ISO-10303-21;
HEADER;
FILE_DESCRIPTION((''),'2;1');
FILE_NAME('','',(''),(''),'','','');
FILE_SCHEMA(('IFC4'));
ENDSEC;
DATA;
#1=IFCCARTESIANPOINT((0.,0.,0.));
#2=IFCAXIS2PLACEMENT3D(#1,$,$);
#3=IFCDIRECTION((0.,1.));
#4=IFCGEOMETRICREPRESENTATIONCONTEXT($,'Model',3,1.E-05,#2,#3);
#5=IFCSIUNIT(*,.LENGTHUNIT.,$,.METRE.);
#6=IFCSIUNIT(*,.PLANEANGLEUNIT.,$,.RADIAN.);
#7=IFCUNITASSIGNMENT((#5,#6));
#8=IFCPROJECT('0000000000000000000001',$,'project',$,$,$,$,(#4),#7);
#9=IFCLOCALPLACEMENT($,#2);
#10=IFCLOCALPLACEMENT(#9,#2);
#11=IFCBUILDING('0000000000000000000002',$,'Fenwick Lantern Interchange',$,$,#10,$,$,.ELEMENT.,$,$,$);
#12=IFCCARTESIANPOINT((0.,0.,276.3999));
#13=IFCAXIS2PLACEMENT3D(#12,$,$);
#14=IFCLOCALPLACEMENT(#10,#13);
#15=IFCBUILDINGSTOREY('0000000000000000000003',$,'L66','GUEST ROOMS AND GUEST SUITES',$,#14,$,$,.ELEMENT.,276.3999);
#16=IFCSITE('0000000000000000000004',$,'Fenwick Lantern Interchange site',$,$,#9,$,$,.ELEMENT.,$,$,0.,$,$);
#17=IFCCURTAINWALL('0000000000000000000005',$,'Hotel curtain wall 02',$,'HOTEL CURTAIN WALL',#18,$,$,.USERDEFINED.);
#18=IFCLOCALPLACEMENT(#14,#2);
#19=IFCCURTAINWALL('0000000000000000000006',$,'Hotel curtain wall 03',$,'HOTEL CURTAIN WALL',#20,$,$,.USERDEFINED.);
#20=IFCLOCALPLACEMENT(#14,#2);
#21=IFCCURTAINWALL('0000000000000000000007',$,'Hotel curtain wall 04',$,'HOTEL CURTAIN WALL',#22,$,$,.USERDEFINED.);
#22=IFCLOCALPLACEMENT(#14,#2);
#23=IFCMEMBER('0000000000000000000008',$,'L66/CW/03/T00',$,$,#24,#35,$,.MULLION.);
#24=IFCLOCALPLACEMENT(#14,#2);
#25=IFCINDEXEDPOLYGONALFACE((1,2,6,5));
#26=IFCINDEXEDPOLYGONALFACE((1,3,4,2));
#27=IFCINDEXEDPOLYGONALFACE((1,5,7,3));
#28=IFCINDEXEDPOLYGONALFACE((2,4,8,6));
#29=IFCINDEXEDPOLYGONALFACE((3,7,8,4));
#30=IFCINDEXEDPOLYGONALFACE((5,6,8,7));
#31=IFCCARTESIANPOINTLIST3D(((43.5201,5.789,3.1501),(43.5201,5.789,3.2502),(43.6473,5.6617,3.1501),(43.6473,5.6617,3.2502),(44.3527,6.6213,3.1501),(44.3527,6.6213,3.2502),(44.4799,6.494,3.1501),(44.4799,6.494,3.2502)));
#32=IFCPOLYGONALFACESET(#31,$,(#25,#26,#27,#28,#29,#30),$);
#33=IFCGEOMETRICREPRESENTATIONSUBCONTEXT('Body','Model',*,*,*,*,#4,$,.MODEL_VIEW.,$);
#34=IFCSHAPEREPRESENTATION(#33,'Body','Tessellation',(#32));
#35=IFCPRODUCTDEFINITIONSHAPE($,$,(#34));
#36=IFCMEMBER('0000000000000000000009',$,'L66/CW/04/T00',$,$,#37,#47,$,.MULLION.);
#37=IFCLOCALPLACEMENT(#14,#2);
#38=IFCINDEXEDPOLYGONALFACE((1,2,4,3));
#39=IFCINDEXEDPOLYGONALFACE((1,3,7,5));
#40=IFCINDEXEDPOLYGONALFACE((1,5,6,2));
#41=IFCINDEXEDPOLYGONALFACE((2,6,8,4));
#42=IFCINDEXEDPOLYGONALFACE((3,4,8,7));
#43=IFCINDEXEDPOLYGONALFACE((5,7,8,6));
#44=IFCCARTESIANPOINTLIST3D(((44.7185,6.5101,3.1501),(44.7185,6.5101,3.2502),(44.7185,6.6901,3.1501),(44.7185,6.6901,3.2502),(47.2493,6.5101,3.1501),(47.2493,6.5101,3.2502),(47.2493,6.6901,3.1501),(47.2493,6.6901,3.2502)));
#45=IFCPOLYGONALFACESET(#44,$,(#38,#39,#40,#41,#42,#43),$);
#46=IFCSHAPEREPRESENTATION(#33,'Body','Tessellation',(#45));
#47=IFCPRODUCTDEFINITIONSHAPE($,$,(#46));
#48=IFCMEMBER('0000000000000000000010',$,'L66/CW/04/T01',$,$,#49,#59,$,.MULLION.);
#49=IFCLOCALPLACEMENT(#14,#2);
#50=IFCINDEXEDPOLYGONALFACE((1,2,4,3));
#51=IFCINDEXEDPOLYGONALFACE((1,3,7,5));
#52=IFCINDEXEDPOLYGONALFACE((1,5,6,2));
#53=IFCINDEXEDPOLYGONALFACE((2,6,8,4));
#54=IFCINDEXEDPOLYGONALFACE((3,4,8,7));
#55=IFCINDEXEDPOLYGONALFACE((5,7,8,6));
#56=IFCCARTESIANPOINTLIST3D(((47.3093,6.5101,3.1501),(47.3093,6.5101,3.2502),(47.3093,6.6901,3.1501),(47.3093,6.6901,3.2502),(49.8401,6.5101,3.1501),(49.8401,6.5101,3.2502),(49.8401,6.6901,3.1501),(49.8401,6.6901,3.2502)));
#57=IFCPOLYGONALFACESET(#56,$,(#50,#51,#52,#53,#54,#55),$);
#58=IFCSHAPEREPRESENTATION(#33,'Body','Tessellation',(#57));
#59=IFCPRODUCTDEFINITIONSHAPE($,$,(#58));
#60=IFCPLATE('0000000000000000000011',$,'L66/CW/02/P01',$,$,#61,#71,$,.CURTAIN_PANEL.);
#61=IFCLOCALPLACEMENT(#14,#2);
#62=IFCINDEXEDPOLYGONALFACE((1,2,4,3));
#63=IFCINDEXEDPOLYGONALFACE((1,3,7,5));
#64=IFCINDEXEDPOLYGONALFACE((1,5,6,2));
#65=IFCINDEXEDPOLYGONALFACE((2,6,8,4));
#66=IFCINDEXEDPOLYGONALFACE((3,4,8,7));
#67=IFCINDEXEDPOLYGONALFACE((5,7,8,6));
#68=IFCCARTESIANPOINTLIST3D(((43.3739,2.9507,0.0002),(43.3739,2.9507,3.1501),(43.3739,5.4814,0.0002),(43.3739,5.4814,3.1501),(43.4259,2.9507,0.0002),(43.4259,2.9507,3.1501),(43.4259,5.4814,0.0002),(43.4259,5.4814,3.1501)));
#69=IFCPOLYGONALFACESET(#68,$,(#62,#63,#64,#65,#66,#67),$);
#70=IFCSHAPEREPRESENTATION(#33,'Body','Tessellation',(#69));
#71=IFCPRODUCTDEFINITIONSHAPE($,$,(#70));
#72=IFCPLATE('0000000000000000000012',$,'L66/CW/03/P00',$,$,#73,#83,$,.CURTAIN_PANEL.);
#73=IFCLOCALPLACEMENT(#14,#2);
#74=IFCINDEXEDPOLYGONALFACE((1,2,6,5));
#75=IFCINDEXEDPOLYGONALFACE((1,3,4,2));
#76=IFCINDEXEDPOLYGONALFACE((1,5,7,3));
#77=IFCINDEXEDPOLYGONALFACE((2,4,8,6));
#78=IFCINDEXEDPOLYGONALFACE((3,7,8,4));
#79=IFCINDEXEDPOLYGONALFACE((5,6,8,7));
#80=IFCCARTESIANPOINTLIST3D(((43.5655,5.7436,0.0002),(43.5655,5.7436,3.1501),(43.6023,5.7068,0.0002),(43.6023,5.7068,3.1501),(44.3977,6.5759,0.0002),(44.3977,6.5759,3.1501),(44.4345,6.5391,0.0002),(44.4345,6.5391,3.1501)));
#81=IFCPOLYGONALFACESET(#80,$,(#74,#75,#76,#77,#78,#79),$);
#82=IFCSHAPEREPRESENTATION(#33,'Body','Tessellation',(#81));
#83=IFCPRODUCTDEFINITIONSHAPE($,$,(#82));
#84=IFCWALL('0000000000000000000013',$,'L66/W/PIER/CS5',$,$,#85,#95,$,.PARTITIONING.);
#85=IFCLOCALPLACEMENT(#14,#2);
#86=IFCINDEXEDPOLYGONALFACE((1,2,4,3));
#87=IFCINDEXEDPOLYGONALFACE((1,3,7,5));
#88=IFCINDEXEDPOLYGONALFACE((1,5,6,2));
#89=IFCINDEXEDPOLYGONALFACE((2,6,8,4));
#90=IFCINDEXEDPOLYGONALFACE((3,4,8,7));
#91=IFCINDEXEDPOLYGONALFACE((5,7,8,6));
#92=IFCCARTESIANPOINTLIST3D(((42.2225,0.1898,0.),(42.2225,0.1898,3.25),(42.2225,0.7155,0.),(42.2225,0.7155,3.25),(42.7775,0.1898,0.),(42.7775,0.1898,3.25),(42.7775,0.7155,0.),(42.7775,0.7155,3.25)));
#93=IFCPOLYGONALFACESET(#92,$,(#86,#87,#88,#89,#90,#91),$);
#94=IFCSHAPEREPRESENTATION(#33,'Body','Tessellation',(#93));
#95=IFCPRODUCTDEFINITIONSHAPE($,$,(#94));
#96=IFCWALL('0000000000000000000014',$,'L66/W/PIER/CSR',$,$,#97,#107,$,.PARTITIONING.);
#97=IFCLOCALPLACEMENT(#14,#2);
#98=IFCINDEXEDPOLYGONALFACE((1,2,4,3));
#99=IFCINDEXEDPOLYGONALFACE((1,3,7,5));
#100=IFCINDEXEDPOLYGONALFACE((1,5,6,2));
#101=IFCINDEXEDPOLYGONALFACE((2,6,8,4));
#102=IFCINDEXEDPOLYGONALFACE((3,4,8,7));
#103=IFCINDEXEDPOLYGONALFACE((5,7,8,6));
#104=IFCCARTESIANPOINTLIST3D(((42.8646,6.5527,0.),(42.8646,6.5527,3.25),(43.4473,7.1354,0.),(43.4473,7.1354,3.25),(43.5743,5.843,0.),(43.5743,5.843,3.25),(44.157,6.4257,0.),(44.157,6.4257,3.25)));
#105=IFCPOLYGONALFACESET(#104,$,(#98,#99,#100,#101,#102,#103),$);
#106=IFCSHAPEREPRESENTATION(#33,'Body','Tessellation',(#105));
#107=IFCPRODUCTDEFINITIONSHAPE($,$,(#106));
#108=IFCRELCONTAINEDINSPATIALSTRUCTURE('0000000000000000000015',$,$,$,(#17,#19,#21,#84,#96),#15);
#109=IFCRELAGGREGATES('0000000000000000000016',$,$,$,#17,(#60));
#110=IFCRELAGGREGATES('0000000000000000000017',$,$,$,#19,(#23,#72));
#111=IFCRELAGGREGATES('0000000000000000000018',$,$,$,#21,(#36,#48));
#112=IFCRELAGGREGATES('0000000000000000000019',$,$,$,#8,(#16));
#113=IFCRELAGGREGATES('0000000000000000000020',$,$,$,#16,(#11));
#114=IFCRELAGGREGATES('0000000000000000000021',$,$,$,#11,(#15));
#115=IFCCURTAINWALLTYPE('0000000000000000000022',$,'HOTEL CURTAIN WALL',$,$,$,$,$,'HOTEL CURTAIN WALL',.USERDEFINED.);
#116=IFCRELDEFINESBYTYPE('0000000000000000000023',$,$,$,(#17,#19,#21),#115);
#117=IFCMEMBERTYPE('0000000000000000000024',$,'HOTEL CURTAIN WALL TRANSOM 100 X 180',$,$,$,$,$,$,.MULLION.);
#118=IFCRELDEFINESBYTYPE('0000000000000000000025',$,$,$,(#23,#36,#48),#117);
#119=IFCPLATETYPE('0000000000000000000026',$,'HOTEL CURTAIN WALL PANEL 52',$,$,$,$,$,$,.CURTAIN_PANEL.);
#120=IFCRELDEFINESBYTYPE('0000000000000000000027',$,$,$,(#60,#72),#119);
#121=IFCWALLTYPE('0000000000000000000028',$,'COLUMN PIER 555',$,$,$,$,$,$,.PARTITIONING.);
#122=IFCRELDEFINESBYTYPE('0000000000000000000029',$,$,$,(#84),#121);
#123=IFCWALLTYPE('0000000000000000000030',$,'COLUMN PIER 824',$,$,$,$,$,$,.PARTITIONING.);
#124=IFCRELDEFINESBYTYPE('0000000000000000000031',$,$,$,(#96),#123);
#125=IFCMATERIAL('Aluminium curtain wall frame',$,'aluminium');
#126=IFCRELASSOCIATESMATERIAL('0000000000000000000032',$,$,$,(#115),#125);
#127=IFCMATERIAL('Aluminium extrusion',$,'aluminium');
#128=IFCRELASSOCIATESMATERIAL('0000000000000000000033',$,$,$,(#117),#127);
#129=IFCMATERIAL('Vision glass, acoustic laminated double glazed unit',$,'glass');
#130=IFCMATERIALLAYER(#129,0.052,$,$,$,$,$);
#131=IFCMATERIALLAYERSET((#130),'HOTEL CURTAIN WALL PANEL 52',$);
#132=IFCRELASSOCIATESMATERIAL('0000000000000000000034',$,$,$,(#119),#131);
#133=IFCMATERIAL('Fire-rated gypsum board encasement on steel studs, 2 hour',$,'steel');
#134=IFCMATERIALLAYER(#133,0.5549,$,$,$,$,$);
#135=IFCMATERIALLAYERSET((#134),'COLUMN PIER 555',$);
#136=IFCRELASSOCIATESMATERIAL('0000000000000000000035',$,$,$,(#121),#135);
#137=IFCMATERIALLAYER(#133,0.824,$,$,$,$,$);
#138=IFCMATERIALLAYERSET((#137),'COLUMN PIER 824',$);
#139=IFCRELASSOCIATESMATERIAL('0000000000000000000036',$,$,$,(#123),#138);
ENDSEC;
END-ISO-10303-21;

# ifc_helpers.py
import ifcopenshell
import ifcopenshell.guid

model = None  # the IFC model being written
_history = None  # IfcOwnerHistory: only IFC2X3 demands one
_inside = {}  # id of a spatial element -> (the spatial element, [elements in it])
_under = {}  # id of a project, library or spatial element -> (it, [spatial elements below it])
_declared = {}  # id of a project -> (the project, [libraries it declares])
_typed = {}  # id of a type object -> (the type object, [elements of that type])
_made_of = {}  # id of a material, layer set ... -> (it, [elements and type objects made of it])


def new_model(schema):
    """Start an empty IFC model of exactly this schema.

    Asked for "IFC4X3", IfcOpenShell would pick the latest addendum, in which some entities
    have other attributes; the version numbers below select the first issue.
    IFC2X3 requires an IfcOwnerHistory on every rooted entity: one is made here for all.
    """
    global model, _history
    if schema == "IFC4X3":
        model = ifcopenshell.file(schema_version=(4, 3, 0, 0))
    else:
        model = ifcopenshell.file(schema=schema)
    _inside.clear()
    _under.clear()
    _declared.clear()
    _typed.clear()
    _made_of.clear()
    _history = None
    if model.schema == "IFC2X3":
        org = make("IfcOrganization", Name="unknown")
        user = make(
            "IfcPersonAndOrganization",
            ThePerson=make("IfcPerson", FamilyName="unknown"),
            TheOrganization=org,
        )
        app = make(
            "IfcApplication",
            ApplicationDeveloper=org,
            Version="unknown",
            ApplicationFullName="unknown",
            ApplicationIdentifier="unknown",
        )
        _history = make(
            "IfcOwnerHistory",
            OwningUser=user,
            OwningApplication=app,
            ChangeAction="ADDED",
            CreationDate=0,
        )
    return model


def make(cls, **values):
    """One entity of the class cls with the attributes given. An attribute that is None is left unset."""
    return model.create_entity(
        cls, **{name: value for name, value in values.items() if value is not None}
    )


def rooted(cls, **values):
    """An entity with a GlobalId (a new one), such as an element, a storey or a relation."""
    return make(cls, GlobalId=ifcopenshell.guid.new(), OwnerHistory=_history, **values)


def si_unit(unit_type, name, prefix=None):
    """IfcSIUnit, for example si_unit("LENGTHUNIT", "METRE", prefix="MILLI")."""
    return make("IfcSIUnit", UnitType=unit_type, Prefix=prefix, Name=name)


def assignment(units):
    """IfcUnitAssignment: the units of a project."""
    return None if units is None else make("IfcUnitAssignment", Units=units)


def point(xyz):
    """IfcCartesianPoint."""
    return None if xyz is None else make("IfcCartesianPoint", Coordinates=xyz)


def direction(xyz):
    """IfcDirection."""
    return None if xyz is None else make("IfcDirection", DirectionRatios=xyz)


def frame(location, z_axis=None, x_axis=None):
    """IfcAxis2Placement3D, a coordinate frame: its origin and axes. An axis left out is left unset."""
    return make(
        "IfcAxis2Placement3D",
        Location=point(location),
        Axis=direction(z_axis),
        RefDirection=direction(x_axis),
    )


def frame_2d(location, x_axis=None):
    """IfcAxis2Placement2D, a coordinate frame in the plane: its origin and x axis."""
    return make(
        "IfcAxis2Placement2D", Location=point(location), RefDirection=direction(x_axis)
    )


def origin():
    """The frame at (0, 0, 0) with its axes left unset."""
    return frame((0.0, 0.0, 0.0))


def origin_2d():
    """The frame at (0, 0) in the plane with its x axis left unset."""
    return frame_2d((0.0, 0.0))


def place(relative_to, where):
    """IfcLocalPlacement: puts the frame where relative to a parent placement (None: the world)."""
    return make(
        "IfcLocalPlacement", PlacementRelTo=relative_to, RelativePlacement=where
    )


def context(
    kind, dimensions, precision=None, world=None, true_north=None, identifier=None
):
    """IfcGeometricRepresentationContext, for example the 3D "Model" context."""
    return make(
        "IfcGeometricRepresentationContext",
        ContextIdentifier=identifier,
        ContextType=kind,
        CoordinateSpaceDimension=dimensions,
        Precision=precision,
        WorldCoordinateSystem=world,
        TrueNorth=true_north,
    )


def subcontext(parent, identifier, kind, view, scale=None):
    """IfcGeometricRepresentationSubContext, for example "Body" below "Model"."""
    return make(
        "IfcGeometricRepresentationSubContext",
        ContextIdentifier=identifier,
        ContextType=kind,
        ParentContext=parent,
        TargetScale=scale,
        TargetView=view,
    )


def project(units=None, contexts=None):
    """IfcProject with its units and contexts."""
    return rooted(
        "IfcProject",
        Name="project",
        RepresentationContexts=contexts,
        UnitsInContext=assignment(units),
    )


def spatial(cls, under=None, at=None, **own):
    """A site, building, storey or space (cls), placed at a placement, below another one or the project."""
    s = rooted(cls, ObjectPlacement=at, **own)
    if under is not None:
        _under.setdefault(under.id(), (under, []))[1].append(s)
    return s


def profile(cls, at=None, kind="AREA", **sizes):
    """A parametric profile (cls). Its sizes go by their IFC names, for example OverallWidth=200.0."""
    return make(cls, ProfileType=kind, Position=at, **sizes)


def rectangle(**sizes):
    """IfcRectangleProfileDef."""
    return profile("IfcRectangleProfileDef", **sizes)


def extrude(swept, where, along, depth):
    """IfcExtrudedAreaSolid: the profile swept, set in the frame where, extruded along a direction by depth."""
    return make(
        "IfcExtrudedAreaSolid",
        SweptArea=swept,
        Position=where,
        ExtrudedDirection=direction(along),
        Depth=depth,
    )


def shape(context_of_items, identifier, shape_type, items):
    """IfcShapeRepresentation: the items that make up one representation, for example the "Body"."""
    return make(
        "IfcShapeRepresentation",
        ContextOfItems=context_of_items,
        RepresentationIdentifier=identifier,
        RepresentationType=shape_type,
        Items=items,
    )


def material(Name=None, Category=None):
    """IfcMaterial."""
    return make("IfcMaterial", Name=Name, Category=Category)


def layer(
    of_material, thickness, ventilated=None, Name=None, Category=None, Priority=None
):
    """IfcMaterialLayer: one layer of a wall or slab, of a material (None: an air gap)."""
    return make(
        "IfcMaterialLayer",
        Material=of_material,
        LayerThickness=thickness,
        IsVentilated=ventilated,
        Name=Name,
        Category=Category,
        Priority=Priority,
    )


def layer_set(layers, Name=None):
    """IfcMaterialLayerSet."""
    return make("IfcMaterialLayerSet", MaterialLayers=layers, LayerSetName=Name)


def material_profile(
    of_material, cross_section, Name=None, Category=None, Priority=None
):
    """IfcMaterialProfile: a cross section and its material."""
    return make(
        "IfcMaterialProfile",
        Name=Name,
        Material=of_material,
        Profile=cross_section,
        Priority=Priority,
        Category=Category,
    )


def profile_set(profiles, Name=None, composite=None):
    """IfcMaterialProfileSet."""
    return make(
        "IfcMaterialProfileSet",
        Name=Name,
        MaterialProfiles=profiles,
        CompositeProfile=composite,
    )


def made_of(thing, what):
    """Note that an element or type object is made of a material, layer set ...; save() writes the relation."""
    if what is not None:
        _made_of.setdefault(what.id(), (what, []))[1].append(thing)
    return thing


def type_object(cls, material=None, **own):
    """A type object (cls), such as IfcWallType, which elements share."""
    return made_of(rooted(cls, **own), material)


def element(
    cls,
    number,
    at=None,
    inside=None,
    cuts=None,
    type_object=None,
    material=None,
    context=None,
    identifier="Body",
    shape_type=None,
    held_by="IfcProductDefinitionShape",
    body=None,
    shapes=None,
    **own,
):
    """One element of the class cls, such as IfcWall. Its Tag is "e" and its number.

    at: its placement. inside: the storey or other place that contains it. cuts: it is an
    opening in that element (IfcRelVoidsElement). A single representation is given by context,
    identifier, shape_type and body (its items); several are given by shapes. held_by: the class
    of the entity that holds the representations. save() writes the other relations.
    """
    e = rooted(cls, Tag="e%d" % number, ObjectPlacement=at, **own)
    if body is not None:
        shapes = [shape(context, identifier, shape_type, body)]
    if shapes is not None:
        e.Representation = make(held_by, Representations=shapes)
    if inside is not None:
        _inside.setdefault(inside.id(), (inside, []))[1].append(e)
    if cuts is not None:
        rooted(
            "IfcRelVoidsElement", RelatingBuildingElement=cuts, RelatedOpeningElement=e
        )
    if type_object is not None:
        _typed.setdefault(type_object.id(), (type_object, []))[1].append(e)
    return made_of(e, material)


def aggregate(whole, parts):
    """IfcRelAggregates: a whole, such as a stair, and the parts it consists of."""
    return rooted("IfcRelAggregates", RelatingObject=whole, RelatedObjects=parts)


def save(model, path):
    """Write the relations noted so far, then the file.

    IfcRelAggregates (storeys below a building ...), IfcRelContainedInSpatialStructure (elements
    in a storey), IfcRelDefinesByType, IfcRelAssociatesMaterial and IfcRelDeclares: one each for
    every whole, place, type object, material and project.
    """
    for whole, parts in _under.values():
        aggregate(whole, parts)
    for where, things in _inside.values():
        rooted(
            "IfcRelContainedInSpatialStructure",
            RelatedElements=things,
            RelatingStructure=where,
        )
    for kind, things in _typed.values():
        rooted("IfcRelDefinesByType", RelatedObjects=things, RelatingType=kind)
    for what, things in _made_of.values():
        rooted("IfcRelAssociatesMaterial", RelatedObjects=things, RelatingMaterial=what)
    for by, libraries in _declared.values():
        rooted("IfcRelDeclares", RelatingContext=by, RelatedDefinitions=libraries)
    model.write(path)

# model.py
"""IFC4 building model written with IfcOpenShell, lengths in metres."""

from ifc_helpers import new_model, si_unit, direction, frame, frame_2d, origin, origin_2d, place, context, subcontext, project, spatial, rectangle, extrude, material, layer, layer_set, material_profile, profile_set, type_object, element, aggregate, save


model = new_model("IFC4")

# Units and contexts
model_context = context("Model", 3, precision=1e-05, world=origin(), true_north=direction((0.0, 1.0)))
body_context = subcontext(model_context, "Body", "Model", "MODEL_VIEW")
ifc_project = project(units=[si_unit("LENGTHUNIT", "METRE"), si_unit("PLANEANGLEUNIT", "RADIAN")], contexts=[model_context])

# Site, building, storey
site_placement = place(None, origin())
site = spatial("IfcSite", under=ifc_project, at=site_placement, Name="Fenwick Lantern Interchange site", CompositionType="ELEMENT", RefElevation=0.0)
building_placement = place(site_placement, origin())
building = spatial("IfcBuilding", under=site, at=building_placement, Name="Fenwick Lantern Interchange", CompositionType="ELEMENT")
storey_placement = place(building_placement, frame((0.0, 0.0, 276.3999)))
storey = spatial("IfcBuildingStorey", under=building, at=storey_placement, Name="L66", Description="GUEST ROOMS AND GUEST SUITES", CompositionType="ELEMENT", Elevation=276.3999)

# Shared definitions
ifc_material_1 = material(Name="Aluminium curtain wall frame", Category="aluminium")
curtain_wall_type = type_object("IfcCurtainWallType", Name="HOTEL CURTAIN WALL", ElementType="HOTEL CURTAIN WALL", PredefinedType="USERDEFINED", material=ifc_material_1)
ifc_material_2 = material(Name="Aluminium extrusion", Category="aluminium")

# Curtain walls
curtain_wall_1_placement = place(storey_placement, origin())
curtain_wall_1 = element("IfcCurtainWall", 1, at=curtain_wall_1_placement, inside=storey, type_object=curtain_wall_type, Name="Hotel curtain wall 02", ObjectType="HOTEL CURTAIN WALL", PredefinedType="USERDEFINED")
curtain_wall_2_placement = place(storey_placement, origin())
curtain_wall_2 = element("IfcCurtainWall", 2, at=curtain_wall_2_placement, inside=storey, type_object=curtain_wall_type, Name="Hotel curtain wall 03", ObjectType="HOTEL CURTAIN WALL", PredefinedType="USERDEFINED")
curtain_wall_3_placement = place(storey_placement, origin())
curtain_wall_3 = element("IfcCurtainWall", 3, at=curtain_wall_3_placement, inside=storey, type_object=curtain_wall_type, Name="Hotel curtain wall 04", ObjectType="HOTEL CURTAIN WALL", PredefinedType="USERDEFINED")

# Members
ifc_material_profile_1 = material_profile(ifc_material_2, rectangle(XDim=0.1799, YDim=0.1001, at=origin_2d()), Name="HOTEL CURTAIN WALL TRANSOM 100 X 180")
ifc_profile_set_1 = profile_set([ifc_material_profile_1], Name="Aluminium extrusion")
member_type_1 = type_object("IfcMemberType", Name="HOTEL CURTAIN WALL TRANSOM 100 X 180", PredefinedType="MULLION", material=ifc_profile_set_1)
member_1_placement = place(storey_placement, frame((43.5837, 5.7253, 3.2002), z_axis=(0.70721, 0.707003, 0.0), x_axis=(-0.707003, 0.70721, 0.0)))
member_1 = element("IfcMember", 4, at=member_1_placement, type_object=member_type_1, Name="L66/CW/03/T00", PredefinedType="MULLION", context=body_context, shape_type="SweptSolid", body=[
    extrude(rectangle(XDim=0.1799, YDim=0.1001, at=origin_2d()), origin(), (0.0, 0.0, 1.0), 1.1772),
])
member_2_placement = place(storey_placement, frame((44.7185, 6.6001, 3.2002), z_axis=(1.0, 0.0, 0.0), x_axis=(0.0, 1.0, 0.0)))
member_2 = element("IfcMember", 5, at=member_2_placement, type_object=member_type_1, Name="L66/CW/04/T00", PredefinedType="MULLION", context=body_context, shape_type="SweptSolid", body=[
    extrude(rectangle(XDim=0.1799, YDim=0.1001, at=origin_2d()), origin(), (0.0, 0.0, 1.0), 2.5308),
])
member_3_placement = place(storey_placement, frame((47.3093, 6.6001, 3.2002), z_axis=(1.0, 0.0, 0.0), x_axis=(0.0, 1.0, 0.0)))
member_3 = element("IfcMember", 6, at=member_3_placement, type_object=member_type_1, Name="L66/CW/04/T01", PredefinedType="MULLION", context=body_context, shape_type="SweptSolid", body=[
    extrude(rectangle(XDim=0.1799, YDim=0.1001, at=origin_2d()), origin(), (0.0, 0.0, 1.0), 2.5308),
])

# Plates
ifc_material_3 = material(Name="Vision glass, acoustic laminated double glazed unit", Category="glass")
ifc_layer_1 = layer(ifc_material_3, 0.052)
ifc_layer_set_1 = layer_set([ifc_layer_1], Name="HOTEL CURTAIN WALL PANEL 52")
plate_type = type_object("IfcPlateType", Name="HOTEL CURTAIN WALL PANEL 52", PredefinedType="CURTAIN_PANEL", material=ifc_layer_set_1)
plate_1_placement = place(storey_placement, frame((43.3999, 4.2161, 0.0002), z_axis=(0.0, 0.0, 1.0), x_axis=(0.0, 1.0, 0.0)))
plate_1 = element("IfcPlate", 7, at=plate_1_placement, type_object=plate_type, Name="L66/CW/02/P01", PredefinedType="CURTAIN_PANEL", context=body_context, shape_type="SweptSolid", body=[
    extrude(rectangle(XDim=2.5308, YDim=0.052, at=origin_2d()), origin(), (0.0, 0.0, 1.0), 3.1499),
])
aggregate(curtain_wall_1, [plate_1])
plate_2_placement = place(storey_placement, frame((44.0, 6.1414, 0.0002), z_axis=(0.0, 0.0, 1.0), x_axis=(0.707107, 0.707107, 0.0)))
plate_2 = element("IfcPlate", 8, at=plate_2_placement, type_object=plate_type, Name="L66/CW/03/P00", PredefinedType="CURTAIN_PANEL", context=body_context, shape_type="SweptSolid", body=[
    extrude(rectangle(XDim=1.177, YDim=0.052, at=origin_2d()), origin(), (0.0, 0.0, 1.0), 3.1499),
])
aggregate(curtain_wall_2, [member_1, plate_2])
aggregate(curtain_wall_3, [member_2, member_3])

# Walls
ifc_material_4 = material(Name="Fire-rated gypsum board encasement on steel studs, 2 hour", Category="steel")
ifc_layer_2 = layer(ifc_material_4, 0.5549)
ifc_layer_set_2 = layer_set([ifc_layer_2], Name="COLUMN PIER 555")
wall_type_1 = type_object("IfcWallType", Name="COLUMN PIER 555", PredefinedType="PARTITIONING", material=ifc_layer_set_2)
wall_1_placement = place(storey_placement, frame((42.5, 0.1899, 0.0), z_axis=(0.0, 0.0, 1.0), x_axis=(0.0, 1.0, 0.0)))
element("IfcWall", 9, at=wall_1_placement, inside=storey, type_object=wall_type_1, Name="L66/W/PIER/CS5", PredefinedType="PARTITIONING", context=body_context, shape_type="SweptSolid", body=[
    extrude(rectangle(XDim=0.5256, YDim=0.5549, at=frame_2d((0.2627, 0.0))), origin(), (0.0, 0.0, 1.0), 3.25),
])
ifc_layer_3 = layer(ifc_material_4, 0.824)
ifc_layer_set_3 = layer_set([ifc_layer_3], Name="COLUMN PIER 824")
wall_type_2 = type_object("IfcWallType", Name="COLUMN PIER 824", PredefinedType="PARTITIONING", material=ifc_layer_set_3)
wall_2_placement = place(storey_placement, frame((43.8657, 6.1343, 0.0), z_axis=(0.0, 0.0, 1.0), x_axis=(-0.707107, 0.707107, 0.0)))
element("IfcWall", 10, at=wall_2_placement, inside=storey, type_object=wall_type_2, Name="L66/W/PIER/CSR", PredefinedType="PARTITIONING", context=body_context, shape_type="SweptSolid", body=[
    extrude(rectangle(XDim=1.0037, YDim=0.824, at=frame_2d((0.502, 0.0))), origin(), (0.0, 0.0, 1.0), 3.25),
])

save(model, "model.ifc")
